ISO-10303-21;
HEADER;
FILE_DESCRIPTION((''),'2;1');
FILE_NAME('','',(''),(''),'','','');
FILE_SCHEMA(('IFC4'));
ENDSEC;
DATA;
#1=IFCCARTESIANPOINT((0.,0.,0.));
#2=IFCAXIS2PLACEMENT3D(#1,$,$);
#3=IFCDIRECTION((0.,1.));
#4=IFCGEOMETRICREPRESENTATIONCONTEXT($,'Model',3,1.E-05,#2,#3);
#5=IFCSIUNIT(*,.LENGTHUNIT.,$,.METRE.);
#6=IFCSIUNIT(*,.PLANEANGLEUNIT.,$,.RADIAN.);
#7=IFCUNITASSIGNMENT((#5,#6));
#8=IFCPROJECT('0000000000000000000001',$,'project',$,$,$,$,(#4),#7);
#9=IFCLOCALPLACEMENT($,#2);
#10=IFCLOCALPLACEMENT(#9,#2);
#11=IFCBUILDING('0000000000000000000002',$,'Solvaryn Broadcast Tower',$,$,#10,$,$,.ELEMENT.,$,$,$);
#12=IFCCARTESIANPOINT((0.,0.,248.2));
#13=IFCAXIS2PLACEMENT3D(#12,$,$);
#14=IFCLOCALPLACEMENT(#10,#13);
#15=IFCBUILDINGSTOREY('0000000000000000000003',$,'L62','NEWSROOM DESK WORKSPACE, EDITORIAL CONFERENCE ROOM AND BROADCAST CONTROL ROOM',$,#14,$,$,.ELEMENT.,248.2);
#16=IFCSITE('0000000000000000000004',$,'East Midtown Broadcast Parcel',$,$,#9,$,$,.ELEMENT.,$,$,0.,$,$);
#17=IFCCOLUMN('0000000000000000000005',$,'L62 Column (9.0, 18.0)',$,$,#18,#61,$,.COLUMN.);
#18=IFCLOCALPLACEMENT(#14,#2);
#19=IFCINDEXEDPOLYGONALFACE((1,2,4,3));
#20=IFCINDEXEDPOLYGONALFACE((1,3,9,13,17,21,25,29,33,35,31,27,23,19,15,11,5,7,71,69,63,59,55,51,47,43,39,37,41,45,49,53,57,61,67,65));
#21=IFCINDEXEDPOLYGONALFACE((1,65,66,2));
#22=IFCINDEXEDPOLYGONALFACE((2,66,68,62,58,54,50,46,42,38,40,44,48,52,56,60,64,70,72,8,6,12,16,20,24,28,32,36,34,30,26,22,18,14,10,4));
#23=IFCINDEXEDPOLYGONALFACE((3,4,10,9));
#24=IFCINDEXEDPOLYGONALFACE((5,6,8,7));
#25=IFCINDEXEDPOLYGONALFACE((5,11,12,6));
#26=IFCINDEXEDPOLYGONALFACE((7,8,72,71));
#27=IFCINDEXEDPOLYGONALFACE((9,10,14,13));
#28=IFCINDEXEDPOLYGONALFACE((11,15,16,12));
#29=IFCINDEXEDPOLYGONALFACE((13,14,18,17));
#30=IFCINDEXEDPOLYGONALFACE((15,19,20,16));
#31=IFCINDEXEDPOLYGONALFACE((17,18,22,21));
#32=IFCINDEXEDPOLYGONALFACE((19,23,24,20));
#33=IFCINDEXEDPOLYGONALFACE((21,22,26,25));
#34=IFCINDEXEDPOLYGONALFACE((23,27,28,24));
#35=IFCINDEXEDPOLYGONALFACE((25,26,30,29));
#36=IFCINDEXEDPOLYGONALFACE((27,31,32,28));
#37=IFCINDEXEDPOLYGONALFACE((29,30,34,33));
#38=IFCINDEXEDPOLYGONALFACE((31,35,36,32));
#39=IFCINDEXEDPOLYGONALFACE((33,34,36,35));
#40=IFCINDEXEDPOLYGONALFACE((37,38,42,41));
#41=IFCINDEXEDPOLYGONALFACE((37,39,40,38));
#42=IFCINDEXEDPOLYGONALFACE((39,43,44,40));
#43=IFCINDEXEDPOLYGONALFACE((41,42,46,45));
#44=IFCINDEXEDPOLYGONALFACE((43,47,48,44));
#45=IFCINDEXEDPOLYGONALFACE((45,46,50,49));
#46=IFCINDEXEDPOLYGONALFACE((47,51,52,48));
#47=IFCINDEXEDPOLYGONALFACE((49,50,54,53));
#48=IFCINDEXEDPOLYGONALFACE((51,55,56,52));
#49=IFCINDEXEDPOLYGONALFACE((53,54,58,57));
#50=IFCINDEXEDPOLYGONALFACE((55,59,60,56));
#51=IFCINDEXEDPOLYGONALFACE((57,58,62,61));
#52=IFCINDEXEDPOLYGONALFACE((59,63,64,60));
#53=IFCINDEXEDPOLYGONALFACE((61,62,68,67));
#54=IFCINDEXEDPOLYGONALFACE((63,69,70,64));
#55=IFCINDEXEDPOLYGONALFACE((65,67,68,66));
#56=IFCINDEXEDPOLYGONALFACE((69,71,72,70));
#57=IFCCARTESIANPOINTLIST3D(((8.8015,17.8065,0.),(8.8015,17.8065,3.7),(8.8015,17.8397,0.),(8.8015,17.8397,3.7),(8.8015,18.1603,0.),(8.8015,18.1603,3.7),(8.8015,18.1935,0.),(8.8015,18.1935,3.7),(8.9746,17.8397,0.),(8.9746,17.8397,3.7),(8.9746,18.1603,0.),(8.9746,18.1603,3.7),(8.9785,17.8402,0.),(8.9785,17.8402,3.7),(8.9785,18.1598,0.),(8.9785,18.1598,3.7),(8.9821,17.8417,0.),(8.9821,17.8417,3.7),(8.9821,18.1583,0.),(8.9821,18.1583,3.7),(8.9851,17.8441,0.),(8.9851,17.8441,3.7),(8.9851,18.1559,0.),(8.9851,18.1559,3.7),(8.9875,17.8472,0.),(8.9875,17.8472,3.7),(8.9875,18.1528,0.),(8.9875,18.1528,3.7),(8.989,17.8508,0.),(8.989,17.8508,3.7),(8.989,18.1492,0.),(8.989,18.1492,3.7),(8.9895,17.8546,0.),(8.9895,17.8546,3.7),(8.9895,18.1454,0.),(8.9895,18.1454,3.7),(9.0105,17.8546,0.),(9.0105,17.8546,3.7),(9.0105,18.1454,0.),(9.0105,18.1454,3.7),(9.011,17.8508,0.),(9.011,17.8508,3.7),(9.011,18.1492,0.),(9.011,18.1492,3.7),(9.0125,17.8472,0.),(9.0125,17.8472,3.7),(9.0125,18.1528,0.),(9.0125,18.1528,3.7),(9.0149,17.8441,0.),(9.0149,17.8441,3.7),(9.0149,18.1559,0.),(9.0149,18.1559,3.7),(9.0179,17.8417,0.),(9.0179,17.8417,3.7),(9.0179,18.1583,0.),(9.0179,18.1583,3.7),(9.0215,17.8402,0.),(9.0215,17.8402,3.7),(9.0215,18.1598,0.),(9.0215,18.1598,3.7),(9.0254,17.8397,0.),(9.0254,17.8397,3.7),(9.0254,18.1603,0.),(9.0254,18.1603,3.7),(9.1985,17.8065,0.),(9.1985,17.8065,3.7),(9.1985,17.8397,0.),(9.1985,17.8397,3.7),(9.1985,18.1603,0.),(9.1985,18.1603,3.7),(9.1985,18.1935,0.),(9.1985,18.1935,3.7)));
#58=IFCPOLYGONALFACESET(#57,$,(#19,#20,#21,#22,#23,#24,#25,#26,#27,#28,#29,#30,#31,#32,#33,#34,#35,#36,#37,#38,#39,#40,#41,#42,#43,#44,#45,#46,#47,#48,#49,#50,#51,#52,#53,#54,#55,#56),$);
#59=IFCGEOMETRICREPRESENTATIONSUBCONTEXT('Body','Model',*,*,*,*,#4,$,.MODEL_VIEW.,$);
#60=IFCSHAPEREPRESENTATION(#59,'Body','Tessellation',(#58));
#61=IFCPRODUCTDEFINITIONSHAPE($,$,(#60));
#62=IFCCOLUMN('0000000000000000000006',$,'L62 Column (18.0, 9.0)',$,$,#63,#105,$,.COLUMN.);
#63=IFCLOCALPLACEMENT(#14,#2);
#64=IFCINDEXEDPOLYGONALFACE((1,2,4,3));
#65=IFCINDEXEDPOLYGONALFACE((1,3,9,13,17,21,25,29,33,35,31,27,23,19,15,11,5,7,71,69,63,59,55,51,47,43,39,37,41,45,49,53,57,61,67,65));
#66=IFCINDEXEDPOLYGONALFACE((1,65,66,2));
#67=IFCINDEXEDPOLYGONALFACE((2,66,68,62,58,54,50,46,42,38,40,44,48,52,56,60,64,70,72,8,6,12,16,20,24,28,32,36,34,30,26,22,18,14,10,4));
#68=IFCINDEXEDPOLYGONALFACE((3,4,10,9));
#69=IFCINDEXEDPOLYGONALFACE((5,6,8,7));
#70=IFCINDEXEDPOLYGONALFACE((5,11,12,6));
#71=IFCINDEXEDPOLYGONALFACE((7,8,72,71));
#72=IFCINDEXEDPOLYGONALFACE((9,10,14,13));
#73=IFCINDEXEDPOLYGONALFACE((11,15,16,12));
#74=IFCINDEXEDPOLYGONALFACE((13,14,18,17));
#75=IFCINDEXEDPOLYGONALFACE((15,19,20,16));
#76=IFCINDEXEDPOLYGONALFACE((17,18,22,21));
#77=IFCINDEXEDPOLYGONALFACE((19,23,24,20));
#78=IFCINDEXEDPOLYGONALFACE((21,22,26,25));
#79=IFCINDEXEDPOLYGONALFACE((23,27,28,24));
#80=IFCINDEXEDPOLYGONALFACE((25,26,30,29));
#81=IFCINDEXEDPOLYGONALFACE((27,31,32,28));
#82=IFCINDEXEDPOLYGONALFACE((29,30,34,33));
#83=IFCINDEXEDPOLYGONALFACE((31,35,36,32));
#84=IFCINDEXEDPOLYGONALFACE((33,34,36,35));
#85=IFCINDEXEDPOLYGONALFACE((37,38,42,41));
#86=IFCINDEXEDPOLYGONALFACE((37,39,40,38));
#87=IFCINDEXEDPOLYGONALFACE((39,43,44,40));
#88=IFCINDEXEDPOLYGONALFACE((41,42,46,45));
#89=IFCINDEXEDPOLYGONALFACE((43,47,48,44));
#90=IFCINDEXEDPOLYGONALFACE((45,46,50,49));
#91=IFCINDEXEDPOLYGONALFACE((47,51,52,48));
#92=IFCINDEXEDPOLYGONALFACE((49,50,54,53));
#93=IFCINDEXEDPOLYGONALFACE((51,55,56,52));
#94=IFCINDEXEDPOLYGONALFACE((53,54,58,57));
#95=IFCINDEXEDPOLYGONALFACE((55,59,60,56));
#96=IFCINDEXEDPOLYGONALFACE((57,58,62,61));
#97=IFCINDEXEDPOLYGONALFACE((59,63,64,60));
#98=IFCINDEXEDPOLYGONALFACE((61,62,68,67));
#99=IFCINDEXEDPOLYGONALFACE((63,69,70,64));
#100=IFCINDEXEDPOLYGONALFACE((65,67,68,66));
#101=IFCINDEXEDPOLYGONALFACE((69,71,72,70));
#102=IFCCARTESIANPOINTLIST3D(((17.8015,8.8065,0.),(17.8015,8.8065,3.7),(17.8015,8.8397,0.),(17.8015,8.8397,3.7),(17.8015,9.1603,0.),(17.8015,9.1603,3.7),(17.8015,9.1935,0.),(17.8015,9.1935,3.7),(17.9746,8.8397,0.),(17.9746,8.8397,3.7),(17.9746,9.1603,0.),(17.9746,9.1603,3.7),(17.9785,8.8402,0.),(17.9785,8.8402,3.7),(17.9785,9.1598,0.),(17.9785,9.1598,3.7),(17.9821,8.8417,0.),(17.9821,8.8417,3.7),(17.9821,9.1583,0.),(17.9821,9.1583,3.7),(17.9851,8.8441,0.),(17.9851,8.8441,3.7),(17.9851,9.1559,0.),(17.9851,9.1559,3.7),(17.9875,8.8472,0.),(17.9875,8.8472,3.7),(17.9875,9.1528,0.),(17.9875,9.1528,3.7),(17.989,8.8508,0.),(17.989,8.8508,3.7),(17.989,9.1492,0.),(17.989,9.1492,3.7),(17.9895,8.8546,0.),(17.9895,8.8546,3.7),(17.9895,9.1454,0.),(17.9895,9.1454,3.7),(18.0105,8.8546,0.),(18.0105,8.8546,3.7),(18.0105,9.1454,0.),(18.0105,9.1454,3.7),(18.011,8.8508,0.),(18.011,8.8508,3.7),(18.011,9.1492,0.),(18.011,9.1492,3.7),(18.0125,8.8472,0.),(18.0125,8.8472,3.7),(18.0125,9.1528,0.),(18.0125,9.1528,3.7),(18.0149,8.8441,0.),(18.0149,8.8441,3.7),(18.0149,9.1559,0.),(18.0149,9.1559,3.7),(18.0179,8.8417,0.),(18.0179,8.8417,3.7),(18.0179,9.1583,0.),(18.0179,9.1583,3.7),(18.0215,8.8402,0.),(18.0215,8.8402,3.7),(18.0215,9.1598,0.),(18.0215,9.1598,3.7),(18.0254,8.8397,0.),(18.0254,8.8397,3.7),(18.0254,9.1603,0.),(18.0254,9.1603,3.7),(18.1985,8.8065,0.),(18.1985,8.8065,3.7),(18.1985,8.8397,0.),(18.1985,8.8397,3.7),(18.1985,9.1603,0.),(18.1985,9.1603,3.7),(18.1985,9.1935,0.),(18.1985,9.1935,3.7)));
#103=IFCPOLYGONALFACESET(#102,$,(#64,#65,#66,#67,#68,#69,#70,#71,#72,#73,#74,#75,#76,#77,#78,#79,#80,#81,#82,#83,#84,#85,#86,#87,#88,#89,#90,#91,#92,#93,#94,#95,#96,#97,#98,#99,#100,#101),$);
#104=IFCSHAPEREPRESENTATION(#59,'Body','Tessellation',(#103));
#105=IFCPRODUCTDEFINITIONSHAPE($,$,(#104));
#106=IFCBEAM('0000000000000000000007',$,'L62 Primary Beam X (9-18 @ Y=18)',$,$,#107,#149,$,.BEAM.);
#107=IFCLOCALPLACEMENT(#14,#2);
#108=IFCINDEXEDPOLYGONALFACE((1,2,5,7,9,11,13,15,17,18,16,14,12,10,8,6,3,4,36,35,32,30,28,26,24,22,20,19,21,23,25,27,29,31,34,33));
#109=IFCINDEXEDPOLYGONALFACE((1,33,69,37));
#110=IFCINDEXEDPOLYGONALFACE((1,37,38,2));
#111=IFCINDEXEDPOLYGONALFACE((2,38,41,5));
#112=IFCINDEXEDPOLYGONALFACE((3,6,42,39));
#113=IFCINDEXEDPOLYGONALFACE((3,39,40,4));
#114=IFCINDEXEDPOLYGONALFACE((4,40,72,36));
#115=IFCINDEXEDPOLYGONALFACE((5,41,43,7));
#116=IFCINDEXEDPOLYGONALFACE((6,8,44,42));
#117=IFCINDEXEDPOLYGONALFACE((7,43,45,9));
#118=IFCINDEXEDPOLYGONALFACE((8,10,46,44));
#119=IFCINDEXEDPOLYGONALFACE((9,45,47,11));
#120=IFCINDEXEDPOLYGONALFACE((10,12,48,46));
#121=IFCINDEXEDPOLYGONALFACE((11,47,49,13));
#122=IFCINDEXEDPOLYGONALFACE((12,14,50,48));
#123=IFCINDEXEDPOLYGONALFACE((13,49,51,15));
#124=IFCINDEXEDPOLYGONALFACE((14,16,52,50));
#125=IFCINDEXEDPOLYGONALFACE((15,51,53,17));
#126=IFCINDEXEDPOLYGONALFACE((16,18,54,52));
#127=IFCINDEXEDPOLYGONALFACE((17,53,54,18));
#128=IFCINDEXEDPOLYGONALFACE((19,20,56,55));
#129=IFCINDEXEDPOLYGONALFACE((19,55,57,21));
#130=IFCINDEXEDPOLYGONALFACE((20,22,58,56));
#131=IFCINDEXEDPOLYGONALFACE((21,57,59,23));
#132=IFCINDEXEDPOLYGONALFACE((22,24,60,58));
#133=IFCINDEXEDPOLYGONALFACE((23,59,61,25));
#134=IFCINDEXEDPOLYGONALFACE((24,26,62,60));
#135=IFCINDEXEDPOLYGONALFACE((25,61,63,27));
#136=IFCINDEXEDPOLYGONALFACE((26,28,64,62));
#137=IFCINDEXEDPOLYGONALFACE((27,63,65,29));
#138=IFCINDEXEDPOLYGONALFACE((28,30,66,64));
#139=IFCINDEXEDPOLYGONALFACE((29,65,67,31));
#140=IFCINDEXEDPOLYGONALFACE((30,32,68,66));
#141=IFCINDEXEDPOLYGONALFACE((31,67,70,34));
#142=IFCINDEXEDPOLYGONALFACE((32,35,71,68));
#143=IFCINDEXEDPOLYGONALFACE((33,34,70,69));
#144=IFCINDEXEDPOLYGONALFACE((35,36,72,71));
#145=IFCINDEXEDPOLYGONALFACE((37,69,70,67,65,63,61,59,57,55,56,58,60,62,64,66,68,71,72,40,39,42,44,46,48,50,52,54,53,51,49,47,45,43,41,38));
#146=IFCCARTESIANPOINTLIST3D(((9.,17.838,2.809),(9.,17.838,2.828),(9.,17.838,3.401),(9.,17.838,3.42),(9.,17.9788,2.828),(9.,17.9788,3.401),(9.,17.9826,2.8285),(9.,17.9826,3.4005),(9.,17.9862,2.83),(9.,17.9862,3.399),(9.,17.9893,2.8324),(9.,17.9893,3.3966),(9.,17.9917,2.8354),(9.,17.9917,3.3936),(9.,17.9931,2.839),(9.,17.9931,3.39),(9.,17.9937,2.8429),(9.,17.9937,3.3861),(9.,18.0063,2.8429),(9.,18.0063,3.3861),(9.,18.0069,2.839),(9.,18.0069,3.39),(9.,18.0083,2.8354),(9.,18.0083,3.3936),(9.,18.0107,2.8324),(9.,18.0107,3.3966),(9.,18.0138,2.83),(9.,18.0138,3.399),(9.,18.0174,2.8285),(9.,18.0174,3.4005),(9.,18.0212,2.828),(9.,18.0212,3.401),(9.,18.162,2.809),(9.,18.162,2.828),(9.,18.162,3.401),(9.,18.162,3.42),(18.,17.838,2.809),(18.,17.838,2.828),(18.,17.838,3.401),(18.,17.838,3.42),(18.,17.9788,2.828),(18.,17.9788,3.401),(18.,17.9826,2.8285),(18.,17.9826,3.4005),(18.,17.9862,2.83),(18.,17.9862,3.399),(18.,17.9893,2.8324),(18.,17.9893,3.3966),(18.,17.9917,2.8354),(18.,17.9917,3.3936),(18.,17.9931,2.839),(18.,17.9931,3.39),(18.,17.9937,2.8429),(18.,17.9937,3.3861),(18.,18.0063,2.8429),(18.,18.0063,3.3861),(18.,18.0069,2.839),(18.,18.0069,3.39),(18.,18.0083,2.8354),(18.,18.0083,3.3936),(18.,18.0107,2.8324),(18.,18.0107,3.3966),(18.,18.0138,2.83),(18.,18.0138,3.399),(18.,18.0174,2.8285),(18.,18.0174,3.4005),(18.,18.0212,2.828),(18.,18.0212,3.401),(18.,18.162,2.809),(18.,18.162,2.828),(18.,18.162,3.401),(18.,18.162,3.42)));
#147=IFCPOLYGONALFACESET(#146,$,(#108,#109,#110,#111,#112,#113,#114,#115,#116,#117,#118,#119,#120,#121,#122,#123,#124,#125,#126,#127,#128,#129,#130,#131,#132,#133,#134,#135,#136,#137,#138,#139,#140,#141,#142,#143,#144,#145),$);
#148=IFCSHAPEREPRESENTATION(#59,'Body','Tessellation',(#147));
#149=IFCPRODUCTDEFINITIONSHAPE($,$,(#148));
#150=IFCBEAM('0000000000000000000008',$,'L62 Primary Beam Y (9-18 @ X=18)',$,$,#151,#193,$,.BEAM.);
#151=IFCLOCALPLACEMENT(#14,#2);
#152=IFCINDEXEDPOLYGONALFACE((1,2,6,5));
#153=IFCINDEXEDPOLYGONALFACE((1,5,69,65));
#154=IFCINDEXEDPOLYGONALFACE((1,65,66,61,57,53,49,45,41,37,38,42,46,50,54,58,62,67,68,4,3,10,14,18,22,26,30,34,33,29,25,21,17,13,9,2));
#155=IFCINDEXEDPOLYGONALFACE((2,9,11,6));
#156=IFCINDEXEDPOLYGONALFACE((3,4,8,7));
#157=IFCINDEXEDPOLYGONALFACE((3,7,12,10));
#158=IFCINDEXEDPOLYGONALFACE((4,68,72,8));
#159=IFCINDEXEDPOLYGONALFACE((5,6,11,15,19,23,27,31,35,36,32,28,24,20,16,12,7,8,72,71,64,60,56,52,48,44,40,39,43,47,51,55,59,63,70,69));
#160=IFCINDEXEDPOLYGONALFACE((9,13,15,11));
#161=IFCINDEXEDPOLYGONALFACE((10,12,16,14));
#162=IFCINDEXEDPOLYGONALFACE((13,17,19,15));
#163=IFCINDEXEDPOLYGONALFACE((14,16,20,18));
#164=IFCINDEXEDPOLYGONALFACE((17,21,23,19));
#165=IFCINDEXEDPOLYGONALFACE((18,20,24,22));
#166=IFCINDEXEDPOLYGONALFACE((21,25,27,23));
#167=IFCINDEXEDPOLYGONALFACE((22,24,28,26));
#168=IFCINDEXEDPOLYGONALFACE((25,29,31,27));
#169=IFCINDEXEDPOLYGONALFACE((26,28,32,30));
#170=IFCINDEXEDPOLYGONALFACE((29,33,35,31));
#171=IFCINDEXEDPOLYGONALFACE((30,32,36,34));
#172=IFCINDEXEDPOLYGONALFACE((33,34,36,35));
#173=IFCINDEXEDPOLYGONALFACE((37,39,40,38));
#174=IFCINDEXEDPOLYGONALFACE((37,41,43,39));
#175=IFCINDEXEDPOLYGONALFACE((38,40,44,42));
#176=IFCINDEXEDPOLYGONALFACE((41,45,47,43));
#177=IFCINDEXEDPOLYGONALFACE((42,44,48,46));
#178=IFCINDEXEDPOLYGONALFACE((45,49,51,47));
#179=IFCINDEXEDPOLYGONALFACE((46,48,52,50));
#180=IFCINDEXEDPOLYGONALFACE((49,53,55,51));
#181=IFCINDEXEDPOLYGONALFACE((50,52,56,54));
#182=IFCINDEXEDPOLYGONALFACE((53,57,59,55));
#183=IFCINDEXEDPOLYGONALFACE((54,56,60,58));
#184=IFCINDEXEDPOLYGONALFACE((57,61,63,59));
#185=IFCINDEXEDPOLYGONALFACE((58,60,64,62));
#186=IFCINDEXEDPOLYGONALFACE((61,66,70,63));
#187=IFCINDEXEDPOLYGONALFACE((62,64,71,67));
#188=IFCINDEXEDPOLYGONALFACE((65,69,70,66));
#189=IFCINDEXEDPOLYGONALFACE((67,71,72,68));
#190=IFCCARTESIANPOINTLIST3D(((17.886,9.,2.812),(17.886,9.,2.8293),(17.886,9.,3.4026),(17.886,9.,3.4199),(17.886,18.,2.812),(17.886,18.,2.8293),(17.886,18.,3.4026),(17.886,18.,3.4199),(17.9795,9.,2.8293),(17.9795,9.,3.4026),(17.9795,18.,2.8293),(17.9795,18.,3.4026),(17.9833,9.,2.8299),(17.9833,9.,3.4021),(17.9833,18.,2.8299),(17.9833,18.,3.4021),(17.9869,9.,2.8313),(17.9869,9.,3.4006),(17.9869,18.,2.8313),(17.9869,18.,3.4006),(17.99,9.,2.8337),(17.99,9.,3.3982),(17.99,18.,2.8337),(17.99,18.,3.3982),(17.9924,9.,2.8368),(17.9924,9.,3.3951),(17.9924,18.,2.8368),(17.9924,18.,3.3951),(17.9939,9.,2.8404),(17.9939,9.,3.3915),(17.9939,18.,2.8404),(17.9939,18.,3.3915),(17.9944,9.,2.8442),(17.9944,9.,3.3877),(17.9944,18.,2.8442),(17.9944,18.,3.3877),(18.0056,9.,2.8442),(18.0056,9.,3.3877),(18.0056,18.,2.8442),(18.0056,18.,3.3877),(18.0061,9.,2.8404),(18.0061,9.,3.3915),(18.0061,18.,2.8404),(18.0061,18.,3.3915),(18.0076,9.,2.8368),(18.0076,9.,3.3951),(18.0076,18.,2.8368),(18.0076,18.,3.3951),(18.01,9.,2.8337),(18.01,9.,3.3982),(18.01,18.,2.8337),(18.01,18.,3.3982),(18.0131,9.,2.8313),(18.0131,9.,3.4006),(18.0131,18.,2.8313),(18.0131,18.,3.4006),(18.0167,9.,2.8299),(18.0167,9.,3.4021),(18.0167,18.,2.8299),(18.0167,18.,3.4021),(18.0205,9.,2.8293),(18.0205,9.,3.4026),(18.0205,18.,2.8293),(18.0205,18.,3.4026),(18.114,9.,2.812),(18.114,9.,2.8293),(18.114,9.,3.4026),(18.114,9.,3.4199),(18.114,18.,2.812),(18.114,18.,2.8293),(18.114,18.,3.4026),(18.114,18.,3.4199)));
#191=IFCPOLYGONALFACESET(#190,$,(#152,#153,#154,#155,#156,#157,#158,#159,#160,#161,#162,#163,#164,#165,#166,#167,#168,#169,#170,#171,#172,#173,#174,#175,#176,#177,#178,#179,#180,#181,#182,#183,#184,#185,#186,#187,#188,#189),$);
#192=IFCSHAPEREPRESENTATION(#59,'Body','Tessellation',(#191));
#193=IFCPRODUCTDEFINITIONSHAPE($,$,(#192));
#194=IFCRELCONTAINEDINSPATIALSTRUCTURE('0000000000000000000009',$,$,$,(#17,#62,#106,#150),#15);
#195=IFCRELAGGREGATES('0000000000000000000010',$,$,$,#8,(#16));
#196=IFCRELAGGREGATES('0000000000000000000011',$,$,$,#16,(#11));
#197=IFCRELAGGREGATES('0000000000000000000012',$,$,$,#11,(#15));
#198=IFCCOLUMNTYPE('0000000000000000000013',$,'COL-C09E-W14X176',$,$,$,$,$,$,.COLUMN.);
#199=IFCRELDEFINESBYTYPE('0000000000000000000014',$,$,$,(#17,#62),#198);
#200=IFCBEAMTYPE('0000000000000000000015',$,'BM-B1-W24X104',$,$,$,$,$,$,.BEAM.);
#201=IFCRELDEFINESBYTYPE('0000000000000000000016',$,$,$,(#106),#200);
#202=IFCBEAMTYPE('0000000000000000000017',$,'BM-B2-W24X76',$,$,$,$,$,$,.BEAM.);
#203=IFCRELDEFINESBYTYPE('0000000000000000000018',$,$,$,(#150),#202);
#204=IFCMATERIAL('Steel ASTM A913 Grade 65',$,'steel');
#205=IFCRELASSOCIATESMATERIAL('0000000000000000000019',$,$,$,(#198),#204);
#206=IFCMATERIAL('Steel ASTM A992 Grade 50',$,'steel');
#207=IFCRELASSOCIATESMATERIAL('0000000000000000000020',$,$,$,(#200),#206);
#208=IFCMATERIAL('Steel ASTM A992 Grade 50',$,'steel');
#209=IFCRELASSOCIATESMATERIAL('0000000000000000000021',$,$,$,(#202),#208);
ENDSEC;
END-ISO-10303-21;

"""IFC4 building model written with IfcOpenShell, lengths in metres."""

from ifc_helpers import new_model, si_unit, direction, frame, origin, origin_2d, place, context, subcontext, project, spatial, i_section, extrude, material, material_profile, profile_set, type_object, element, save


model = new_model("IFC4")

# Units and contexts
model_context = context("Model", 3, precision=1e-05, world=origin(), true_north=direction((0.0, 1.0)))
body_context = subcontext(model_context, "Body", "Model", "MODEL_VIEW")
ifc_project = project(units=[si_unit("LENGTHUNIT", "METRE"), si_unit("PLANEANGLEUNIT", "RADIAN")], contexts=[model_context])

# Site, building, storey
site_placement = place(None, origin())
site = spatial("IfcSite", under=ifc_project, at=site_placement, Name="East Midtown Broadcast Parcel", CompositionType="ELEMENT", RefElevation=0.0)
building_placement = place(site_placement, origin())
building = spatial("IfcBuilding", under=site, at=building_placement, Name="Solvaryn Broadcast Tower", CompositionType="ELEMENT")
storey_placement = place(building_placement, frame((0.0, 0.0, 248.2)))
storey = spatial("IfcBuildingStorey", under=building, at=storey_placement, Name="L62", Description="NEWSROOM DESK WORKSPACE, EDITORIAL CONFERENCE ROOM AND BROADCAST CONTROL ROOM", CompositionType="ELEMENT", Elevation=248.2)

# Columns
ifc_material_1 = material(Name="Steel ASTM A913 Grade 65", Category="steel")
ifc_material_profile_1 = material_profile(ifc_material_1, i_section(OverallWidth=0.397, OverallDepth=0.387, WebThickness=0.021, FlangeThickness=0.0332, FilletRadius=0.0149, at=origin_2d()))
ifc_profile_set_1 = profile_set([ifc_material_profile_1], Name="Steel ASTM A913 Grade 65")
column_type = type_object("IfcColumnType", Name="COL-C09E-W14X176", PredefinedType="COLUMN", material=ifc_profile_set_1)
for number, where, z_axis, x_axis, name in (
    (1, (9.0, 18.0, 0.0), (0.0, 0.0, 1.0), (1.0, 0.0, 0.0), "L62 Column (9.0, 18.0)"),
    (2, (18.0, 9.0, 0.0), (0.0, 0.0, 1.0), (1.0, 0.0, 0.0), "L62 Column (18.0, 9.0)"),
):
    element("IfcColumn", number, at=place(storey_placement, frame(where, z_axis=z_axis, x_axis=x_axis)), inside=storey, type_object=column_type, Name=name, PredefinedType="COLUMN", context=body_context, shape_type="SweptSolid", body=[
        extrude(i_section(OverallWidth=0.397, OverallDepth=0.387, WebThickness=0.021, FlangeThickness=0.0332, FilletRadius=0.0149, at=origin_2d()), origin(), (0.0, 0.0, 1.0), 3.7),
    ])

# Beams
ifc_material_2 = material(Name="Steel ASTM A992 Grade 50", Category="steel")
ifc_material_profile_2 = material_profile(ifc_material_2, i_section(OverallWidth=0.324, OverallDepth=0.6111, WebThickness=0.0127, FlangeThickness=0.019, FilletRadius=0.0149, at=origin_2d()))
ifc_profile_set_2 = profile_set([ifc_material_profile_2], Name="Steel ASTM A992 Grade 50")
beam_type_1 = type_object("IfcBeamType", Name="BM-B1-W24X104", PredefinedType="BEAM", material=ifc_profile_set_2)
beam_1_placement = place(storey_placement, frame((9.0, 18.0, 3.1145), z_axis=(1.0, 0.0, 0.0), x_axis=(0.0, 1.0, 0.0)))
element("IfcBeam", 3, at=beam_1_placement, inside=storey, type_object=beam_type_1, Name="L62 Primary Beam X (9-18 @ Y=18)", PredefinedType="BEAM", context=body_context, shape_type="SweptSolid", body=[
    extrude(i_section(OverallWidth=0.324, OverallDepth=0.6111, WebThickness=0.0127, FlangeThickness=0.019, FilletRadius=0.0149, at=origin_2d()), origin(), (0.0, 0.0, 1.0), 9.0),
])
ifc_material_3 = material(Name="Steel ASTM A992 Grade 50", Category="steel")
ifc_material_profile_3 = material_profile(ifc_material_3, i_section(OverallWidth=0.228, OverallDepth=0.6079, WebThickness=0.0112, FlangeThickness=0.0173, FilletRadius=0.0149, at=origin_2d()))
ifc_profile_set_3 = profile_set([ifc_material_profile_3], Name="Steel ASTM A992 Grade 50")
beam_type_2 = type_object("IfcBeamType", Name="BM-B2-W24X76", PredefinedType="BEAM", material=ifc_profile_set_3)
beam_2_placement = place(storey_placement, frame((18.0, 9.0, 3.116), z_axis=(0.0, 1.0, 0.0), x_axis=(-1.0, 0.0, 0.0)))
element("IfcBeam", 4, at=beam_2_placement, inside=storey, type_object=beam_type_2, Name="L62 Primary Beam Y (9-18 @ X=18)", PredefinedType="BEAM", context=body_context, shape_type="SweptSolid", body=[
    extrude(i_section(OverallWidth=0.228, OverallDepth=0.6079, WebThickness=0.0112, FlangeThickness=0.0173, FilletRadius=0.0149, at=origin_2d()), origin(), (0.0, 0.0, 1.0), 9.0),
])

save(model, "model.ifc")
